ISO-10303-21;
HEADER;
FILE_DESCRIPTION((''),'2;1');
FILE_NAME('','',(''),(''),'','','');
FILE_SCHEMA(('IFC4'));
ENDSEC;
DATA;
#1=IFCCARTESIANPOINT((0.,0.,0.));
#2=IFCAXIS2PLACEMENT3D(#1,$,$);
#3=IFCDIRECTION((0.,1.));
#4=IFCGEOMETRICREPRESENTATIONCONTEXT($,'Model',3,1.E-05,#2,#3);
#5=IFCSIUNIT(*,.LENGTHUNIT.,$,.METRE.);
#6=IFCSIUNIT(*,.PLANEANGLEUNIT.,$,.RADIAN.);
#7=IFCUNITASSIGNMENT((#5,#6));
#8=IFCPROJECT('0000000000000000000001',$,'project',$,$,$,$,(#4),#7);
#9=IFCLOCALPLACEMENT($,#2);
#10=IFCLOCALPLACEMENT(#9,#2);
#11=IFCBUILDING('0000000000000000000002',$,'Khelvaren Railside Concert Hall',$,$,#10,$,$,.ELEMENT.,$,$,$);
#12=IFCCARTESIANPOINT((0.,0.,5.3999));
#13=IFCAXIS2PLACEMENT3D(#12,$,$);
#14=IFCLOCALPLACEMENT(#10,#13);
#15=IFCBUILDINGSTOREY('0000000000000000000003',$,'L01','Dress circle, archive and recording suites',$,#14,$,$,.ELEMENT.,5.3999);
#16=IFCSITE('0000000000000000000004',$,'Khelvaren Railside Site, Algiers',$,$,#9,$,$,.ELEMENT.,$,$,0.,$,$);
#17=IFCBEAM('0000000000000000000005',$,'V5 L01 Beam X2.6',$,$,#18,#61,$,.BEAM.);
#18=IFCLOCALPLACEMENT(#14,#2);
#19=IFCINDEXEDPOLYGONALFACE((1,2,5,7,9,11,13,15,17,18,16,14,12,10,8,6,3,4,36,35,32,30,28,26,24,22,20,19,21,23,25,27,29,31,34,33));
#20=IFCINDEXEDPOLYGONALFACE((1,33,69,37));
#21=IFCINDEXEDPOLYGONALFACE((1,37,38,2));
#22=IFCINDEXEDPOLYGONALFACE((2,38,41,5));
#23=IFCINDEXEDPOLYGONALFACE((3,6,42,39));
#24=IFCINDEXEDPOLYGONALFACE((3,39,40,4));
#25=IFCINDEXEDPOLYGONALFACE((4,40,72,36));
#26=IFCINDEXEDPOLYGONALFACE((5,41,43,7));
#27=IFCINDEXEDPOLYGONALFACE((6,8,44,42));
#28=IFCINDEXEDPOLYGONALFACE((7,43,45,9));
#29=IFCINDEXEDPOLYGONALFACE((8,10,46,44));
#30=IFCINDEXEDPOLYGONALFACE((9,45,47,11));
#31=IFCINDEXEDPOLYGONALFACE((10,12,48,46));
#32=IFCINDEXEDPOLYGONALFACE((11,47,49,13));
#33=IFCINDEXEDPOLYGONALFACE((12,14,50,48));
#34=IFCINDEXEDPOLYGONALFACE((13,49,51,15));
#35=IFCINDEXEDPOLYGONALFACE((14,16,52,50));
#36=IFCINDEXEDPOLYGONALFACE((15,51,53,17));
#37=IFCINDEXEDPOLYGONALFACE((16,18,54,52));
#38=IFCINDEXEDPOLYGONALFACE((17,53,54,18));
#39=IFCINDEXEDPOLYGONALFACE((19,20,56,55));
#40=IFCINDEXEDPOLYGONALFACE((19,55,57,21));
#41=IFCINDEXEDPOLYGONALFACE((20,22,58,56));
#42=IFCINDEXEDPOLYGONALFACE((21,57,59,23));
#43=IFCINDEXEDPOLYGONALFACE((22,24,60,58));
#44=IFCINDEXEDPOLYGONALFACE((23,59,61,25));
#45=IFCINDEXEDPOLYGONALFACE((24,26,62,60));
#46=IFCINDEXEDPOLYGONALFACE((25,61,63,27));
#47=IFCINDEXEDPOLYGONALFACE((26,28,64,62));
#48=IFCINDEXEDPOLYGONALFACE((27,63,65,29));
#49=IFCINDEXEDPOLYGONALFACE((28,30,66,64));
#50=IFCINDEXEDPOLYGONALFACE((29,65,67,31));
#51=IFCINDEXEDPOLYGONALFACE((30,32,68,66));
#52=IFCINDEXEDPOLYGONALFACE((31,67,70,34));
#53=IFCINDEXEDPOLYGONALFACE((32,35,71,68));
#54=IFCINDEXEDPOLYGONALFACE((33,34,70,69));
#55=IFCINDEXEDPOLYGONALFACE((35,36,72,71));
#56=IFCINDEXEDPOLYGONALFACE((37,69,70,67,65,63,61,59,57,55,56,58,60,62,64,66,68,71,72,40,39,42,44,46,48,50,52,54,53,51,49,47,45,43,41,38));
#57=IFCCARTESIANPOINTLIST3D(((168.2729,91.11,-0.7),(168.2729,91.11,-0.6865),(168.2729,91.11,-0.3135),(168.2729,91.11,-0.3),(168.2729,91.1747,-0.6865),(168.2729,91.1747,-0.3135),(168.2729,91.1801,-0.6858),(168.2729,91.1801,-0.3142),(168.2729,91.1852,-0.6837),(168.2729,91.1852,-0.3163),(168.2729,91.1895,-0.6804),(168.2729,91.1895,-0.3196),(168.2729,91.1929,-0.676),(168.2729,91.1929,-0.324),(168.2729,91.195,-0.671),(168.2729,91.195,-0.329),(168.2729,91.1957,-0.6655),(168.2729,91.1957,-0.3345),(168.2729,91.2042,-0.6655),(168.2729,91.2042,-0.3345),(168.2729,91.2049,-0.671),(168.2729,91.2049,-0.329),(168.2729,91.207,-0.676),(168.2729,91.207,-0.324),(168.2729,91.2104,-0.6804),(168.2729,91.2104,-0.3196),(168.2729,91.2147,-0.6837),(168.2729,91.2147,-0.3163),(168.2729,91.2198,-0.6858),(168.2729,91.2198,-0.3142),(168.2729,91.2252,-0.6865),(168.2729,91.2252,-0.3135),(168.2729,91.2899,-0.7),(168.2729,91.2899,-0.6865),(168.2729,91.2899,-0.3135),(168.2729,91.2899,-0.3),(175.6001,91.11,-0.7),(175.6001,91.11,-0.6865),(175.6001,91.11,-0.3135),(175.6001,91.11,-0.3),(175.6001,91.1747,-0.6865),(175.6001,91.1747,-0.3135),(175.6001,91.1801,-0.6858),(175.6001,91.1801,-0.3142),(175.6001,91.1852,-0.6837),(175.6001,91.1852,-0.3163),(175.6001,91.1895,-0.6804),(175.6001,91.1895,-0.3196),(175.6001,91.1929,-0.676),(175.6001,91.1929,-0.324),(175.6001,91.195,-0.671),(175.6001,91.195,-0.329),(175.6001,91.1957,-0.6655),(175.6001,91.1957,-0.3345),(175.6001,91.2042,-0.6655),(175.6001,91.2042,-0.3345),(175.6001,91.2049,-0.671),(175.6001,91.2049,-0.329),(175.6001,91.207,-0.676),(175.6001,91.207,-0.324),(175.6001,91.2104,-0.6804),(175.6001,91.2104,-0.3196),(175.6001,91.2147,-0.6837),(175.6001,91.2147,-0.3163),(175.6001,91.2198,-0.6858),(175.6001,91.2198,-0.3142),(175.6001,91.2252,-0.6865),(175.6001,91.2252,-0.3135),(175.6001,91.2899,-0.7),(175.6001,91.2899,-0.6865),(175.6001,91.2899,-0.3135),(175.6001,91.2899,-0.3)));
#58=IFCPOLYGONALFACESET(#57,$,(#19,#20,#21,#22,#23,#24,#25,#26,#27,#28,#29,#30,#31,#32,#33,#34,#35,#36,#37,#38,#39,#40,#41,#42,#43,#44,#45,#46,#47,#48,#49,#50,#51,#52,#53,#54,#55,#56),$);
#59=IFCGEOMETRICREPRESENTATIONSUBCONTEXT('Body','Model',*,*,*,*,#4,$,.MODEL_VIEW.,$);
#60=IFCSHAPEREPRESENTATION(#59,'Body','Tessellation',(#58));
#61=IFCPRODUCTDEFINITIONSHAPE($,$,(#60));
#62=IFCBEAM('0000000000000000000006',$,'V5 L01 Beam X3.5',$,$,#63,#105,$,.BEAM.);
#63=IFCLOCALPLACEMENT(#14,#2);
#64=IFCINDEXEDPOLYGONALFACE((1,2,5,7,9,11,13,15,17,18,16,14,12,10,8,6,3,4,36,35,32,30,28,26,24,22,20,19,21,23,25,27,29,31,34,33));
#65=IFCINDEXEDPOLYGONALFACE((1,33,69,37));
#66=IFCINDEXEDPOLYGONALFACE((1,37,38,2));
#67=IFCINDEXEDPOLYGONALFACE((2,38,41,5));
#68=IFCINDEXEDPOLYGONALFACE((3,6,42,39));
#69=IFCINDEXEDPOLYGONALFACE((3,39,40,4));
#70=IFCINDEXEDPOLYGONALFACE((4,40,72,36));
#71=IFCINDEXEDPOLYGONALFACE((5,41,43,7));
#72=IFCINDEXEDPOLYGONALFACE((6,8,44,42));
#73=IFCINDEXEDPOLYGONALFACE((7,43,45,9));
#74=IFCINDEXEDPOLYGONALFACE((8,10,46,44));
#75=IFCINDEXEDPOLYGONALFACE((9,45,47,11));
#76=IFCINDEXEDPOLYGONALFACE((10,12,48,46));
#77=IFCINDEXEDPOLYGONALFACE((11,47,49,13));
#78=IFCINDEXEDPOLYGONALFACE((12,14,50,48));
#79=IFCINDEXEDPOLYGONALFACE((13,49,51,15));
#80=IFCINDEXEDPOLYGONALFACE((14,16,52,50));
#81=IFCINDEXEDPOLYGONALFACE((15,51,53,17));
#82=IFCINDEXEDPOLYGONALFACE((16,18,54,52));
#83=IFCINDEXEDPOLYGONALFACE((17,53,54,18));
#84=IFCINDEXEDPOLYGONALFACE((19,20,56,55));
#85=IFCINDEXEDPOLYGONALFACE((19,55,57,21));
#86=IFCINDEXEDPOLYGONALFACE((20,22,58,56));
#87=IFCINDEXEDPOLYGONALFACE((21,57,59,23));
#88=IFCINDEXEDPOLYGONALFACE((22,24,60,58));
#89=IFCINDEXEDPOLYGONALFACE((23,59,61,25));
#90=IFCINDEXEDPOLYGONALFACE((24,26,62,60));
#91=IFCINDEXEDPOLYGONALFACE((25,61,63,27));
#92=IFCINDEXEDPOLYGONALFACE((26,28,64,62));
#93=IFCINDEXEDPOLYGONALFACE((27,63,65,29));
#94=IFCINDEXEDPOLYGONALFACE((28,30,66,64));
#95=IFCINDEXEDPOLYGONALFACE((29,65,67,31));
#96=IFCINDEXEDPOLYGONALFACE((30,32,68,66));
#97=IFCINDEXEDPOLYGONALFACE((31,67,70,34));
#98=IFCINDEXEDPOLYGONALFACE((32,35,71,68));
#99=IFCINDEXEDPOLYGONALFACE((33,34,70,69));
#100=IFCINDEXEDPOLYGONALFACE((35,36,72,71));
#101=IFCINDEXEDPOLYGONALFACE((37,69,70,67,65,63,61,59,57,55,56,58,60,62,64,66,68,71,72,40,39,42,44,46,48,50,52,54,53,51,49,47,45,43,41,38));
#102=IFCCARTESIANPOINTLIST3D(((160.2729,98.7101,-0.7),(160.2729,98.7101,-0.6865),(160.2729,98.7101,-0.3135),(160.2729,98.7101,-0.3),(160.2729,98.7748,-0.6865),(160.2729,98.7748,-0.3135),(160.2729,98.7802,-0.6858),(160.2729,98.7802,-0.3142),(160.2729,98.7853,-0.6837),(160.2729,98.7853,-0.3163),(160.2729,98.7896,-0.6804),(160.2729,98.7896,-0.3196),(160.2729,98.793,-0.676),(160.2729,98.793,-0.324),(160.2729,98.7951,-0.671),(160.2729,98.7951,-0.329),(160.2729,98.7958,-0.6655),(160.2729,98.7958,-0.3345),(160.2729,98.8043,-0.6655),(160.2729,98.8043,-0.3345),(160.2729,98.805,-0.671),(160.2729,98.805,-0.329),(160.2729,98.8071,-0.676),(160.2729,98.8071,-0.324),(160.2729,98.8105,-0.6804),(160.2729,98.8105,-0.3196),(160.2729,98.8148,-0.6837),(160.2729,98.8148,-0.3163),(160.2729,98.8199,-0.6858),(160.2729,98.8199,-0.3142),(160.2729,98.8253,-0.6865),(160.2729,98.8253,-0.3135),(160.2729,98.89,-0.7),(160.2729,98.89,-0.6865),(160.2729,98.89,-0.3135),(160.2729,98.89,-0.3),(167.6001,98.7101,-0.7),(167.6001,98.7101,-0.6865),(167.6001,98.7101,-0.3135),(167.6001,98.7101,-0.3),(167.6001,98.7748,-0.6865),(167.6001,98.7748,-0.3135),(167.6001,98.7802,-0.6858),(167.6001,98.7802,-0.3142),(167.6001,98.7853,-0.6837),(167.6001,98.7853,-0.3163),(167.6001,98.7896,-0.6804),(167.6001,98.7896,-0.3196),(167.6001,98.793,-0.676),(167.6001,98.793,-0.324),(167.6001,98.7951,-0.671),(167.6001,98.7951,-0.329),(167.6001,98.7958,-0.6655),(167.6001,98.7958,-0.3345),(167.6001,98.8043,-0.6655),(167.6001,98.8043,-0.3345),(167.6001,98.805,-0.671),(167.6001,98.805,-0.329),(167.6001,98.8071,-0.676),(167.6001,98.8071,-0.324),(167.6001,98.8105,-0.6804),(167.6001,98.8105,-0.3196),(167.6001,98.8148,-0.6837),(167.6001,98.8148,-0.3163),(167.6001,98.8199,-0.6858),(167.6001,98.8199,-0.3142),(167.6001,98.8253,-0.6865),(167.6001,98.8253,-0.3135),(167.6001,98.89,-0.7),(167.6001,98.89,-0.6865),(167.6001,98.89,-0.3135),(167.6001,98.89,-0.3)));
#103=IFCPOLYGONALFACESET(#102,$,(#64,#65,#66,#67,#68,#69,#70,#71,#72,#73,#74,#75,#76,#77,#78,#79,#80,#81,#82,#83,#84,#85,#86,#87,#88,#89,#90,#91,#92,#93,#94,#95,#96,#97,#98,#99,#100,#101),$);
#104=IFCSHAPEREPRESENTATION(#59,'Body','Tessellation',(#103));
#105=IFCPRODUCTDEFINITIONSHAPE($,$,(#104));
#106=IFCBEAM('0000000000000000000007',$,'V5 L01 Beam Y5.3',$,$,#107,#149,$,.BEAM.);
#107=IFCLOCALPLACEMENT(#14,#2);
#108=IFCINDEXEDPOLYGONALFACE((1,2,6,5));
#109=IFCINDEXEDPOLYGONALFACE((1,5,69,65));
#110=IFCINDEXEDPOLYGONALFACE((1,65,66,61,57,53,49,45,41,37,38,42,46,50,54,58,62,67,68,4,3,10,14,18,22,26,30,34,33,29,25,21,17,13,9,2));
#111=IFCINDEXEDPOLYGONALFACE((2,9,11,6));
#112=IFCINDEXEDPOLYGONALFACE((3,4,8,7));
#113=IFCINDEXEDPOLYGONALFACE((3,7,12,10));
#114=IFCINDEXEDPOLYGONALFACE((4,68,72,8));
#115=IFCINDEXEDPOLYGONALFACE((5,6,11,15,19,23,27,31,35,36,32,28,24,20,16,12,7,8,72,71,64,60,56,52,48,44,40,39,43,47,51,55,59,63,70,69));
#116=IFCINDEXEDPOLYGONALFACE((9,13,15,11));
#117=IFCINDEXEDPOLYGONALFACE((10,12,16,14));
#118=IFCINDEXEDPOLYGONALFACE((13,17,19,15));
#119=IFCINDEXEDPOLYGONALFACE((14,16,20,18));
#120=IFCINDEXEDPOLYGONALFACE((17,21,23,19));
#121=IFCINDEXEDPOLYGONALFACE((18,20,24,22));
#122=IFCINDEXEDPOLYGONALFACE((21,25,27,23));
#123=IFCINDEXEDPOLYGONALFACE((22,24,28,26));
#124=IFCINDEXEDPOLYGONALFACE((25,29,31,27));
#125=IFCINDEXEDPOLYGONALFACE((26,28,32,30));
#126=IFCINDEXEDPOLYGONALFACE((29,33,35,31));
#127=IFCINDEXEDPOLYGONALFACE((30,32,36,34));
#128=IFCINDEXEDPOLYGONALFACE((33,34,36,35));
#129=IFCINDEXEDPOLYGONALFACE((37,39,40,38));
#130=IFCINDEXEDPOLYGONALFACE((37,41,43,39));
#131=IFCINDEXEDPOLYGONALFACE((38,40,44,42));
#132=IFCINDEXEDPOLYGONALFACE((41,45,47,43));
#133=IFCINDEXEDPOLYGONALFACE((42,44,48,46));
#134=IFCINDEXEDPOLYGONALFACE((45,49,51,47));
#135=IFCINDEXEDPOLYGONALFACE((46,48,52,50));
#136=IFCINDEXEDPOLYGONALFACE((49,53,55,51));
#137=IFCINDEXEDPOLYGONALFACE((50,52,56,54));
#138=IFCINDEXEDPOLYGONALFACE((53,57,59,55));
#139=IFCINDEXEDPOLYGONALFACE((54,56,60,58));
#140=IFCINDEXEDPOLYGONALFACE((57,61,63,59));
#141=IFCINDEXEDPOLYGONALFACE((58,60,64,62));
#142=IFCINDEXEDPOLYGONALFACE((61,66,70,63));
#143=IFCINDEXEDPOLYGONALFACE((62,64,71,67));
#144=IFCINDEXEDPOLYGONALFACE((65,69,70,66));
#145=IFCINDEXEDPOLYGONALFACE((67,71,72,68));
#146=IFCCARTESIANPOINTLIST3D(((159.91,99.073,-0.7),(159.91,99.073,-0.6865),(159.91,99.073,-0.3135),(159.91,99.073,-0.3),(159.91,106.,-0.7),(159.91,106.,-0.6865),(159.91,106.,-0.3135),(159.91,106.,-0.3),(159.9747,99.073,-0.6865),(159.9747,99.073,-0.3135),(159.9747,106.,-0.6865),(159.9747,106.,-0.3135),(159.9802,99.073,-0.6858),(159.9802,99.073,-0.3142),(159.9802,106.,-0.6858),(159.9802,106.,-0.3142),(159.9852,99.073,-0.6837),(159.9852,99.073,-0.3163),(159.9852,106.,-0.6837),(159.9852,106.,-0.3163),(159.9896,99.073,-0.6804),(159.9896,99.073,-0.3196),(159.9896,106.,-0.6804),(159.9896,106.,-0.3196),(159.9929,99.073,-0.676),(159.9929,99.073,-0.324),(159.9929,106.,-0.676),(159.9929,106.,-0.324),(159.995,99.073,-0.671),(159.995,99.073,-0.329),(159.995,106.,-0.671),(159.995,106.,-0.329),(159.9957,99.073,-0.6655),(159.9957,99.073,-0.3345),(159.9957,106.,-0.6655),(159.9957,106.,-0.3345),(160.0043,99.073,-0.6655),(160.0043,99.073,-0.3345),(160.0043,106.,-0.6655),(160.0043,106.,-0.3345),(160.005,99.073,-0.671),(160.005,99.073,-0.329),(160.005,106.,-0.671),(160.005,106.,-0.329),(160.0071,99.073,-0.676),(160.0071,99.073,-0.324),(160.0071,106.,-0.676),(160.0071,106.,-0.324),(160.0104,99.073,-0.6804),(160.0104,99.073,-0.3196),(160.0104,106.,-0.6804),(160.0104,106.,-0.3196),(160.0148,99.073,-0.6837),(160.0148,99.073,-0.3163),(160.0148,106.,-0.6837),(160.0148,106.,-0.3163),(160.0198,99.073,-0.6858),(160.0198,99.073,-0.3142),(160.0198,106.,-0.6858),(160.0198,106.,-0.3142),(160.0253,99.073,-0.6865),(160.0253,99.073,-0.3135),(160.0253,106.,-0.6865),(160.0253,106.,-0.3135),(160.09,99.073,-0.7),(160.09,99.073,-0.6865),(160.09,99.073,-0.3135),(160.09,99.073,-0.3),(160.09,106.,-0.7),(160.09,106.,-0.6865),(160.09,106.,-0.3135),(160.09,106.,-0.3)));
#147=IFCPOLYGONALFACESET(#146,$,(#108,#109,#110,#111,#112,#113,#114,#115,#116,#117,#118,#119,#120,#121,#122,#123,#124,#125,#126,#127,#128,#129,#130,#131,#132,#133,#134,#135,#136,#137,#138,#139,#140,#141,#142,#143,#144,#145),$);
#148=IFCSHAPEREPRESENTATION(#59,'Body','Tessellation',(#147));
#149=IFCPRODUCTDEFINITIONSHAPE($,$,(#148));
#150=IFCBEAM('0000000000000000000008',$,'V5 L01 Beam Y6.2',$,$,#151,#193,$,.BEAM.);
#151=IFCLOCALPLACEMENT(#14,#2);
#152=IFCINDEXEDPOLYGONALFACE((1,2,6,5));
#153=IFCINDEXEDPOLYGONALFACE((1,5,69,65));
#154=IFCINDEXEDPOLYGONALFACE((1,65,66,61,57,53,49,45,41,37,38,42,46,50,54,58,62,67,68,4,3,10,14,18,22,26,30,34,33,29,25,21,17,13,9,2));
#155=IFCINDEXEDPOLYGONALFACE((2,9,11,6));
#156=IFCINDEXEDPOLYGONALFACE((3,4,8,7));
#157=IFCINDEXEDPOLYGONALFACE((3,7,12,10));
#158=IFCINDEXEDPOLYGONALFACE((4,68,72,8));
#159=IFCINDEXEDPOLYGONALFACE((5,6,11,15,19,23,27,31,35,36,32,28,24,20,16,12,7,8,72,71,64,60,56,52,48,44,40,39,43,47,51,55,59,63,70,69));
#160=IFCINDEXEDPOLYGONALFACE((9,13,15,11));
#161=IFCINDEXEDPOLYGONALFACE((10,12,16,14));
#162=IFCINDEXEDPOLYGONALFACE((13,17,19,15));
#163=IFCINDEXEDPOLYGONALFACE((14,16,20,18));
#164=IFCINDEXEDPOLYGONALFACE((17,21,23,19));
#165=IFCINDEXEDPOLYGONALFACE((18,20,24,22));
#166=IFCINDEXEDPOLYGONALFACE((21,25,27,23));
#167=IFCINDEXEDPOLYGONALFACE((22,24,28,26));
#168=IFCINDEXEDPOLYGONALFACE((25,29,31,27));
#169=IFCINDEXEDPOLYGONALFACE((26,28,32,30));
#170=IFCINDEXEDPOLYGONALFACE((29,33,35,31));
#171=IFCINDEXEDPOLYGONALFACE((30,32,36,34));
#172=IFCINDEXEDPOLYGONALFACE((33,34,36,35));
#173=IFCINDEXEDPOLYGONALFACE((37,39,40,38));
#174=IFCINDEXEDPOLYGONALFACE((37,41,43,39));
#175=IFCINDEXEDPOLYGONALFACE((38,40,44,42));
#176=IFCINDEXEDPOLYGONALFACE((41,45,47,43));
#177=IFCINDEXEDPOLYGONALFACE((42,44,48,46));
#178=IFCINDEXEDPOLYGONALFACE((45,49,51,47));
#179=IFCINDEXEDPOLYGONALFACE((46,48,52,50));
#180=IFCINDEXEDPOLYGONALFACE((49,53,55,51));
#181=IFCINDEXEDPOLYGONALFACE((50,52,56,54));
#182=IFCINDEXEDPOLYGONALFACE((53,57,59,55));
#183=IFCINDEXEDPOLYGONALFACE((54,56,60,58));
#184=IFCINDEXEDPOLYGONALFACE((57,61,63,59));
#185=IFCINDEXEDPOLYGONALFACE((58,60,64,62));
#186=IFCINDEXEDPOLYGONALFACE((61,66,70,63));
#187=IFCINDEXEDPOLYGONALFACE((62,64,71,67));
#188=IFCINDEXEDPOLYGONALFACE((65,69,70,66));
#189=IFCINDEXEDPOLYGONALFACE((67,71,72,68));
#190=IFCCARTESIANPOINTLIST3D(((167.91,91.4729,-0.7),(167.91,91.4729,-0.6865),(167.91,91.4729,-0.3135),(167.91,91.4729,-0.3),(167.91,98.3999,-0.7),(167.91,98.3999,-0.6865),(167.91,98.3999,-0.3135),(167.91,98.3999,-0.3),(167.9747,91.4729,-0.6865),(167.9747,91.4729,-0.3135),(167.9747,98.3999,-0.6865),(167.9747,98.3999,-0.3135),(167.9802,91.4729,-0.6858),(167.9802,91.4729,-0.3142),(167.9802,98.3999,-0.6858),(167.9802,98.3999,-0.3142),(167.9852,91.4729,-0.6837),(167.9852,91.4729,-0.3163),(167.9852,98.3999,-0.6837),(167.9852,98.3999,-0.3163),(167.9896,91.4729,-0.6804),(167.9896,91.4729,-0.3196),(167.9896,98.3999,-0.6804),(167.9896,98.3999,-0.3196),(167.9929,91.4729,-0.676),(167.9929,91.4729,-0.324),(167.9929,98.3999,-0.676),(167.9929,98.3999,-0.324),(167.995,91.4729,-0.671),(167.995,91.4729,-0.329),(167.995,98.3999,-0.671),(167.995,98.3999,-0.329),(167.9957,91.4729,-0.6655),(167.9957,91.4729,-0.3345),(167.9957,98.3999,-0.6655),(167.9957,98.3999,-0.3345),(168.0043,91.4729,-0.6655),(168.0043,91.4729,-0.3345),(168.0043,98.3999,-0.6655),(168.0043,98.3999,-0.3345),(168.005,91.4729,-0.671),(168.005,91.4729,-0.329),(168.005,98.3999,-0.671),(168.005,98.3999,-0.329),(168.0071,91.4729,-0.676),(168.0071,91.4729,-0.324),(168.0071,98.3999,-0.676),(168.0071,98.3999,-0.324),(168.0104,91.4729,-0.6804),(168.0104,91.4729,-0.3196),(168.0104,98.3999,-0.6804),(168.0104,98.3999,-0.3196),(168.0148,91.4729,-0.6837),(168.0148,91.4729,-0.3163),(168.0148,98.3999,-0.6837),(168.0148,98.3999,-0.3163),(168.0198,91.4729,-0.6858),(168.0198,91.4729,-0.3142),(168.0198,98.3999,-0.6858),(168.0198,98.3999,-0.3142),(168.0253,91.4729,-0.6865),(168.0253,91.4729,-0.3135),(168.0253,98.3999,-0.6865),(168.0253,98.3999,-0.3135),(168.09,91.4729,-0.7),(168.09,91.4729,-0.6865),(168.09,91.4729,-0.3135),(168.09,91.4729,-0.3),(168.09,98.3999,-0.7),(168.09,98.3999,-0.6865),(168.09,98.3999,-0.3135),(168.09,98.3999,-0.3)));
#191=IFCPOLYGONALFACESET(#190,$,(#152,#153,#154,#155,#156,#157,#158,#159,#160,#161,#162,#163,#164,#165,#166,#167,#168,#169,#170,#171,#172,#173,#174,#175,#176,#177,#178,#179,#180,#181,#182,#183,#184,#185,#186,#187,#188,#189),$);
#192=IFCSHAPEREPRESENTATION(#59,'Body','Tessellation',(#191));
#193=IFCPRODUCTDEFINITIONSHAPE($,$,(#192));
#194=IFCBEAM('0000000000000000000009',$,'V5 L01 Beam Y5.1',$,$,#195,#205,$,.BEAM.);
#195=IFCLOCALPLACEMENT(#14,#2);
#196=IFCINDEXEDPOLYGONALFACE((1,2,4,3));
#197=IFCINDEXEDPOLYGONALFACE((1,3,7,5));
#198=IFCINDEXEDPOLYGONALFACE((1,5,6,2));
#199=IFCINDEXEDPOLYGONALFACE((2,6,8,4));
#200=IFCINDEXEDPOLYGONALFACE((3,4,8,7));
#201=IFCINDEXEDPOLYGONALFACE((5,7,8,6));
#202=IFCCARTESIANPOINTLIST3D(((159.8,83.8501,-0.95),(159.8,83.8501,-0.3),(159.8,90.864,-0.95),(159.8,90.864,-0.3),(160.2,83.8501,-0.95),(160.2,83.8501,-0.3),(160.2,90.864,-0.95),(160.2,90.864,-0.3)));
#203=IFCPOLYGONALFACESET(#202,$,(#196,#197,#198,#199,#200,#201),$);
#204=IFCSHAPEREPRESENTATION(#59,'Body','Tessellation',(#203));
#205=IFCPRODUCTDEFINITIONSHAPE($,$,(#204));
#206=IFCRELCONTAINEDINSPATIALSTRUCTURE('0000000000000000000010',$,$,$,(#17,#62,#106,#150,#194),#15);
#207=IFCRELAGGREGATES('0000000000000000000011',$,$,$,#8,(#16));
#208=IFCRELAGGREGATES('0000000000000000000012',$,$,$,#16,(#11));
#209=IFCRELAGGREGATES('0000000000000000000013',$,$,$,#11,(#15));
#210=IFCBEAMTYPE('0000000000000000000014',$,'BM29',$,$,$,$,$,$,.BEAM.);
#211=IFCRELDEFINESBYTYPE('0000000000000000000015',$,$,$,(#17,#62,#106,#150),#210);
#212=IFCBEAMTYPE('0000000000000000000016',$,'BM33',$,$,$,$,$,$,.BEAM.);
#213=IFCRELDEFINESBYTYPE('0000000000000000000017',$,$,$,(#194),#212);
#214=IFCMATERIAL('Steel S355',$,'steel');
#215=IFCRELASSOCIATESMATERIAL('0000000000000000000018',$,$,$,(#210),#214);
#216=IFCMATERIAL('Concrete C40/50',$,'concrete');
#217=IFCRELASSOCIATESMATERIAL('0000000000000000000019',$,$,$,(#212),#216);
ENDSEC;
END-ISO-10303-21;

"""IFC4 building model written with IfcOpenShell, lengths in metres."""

from ifc_helpers import new_model, si_unit, direction, frame, origin, origin_2d, place, context, subcontext, project, spatial, rectangle, i_section, extrude, material, material_profile, profile_set, type_object, element, save


model = new_model("IFC4")

# Units and contexts
model_context = context("Model", 3, precision=1e-05, world=origin(), true_north=direction((0.0, 1.0)))
body_context = subcontext(model_context, "Body", "Model", "MODEL_VIEW")
ifc_project = project(units=[si_unit("LENGTHUNIT", "METRE"), si_unit("PLANEANGLEUNIT", "RADIAN")], contexts=[model_context])

# Site, building, storey
site_placement = place(None, origin())
site = spatial("IfcSite", under=ifc_project, at=site_placement, Name="Khelvaren Railside Site, Algiers", CompositionType="ELEMENT", RefElevation=0.0)
building_placement = place(site_placement, origin())
building = spatial("IfcBuilding", under=site, at=building_placement, Name="Khelvaren Railside Concert Hall", CompositionType="ELEMENT")
storey_placement = place(building_placement, frame((0.0, 0.0, 5.3999)))
storey = spatial("IfcBuildingStorey", under=building, at=storey_placement, Name="L01", Description="Dress circle, archive and recording suites", CompositionType="ELEMENT", Elevation=5.3999)

# Beams
ifc_material_1 = material(Name="Steel S355", Category="steel")
ifc_material_profile_1 = material_profile(ifc_material_1, i_section(OverallWidth=0.1799, OverallDepth=0.3999, WebThickness=0.0085, FlangeThickness=0.0134, FilletRadius=0.021, at=origin_2d()), Name="IPE 400")
ifc_profile_set_1 = profile_set([ifc_material_profile_1], Name="Steel S355")
beam_type_1 = type_object("IfcBeamType", Name="BM29", PredefinedType="BEAM", material=ifc_profile_set_1)
for number, where, z_axis, x_axis, name in (
    (1, (168.2729, 91.2, -0.5), (1.0, 0.0, 0.0), (0.0, 1.0, 0.0), "V5 L01 Beam X2.6"),
    (2, (160.2729, 98.8, -0.5), (1.0, 0.0, 0.0), (0.0, 1.0, 0.0), "V5 L01 Beam X3.5"),
):
    element("IfcBeam", number, at=place(storey_placement, frame(where, z_axis=z_axis, x_axis=x_axis)), inside=storey, type_object=beam_type_1, Name=name, PredefinedType="BEAM", context=body_context, shape_type="SweptSolid", body=[
        extrude(i_section(OverallWidth=0.1799, OverallDepth=0.3999, WebThickness=0.0085, FlangeThickness=0.0134, FilletRadius=0.021, at=origin_2d()), origin(), (0.0, 0.0, 1.0), 7.3271),
    ])
for number, where, z_axis, x_axis, name in (
    (3, (160.0, 99.073, -0.5), (0.0, 1.0, 0.0), (-1.0, 0.0, 0.0), "V5 L01 Beam Y5.3"),
    (4, (168.0, 91.4729, -0.5), (0.0, 1.0, 0.0), (-1.0, 0.0, 0.0), "V5 L01 Beam Y6.2"),
):
    element("IfcBeam", number, at=place(storey_placement, frame(where, z_axis=z_axis, x_axis=x_axis)), inside=storey, type_object=beam_type_1, Name=name, PredefinedType="BEAM", context=body_context, shape_type="SweptSolid", body=[
        extrude(i_section(OverallWidth=0.1799, OverallDepth=0.3999, WebThickness=0.0085, FlangeThickness=0.0134, FilletRadius=0.021, at=origin_2d()), origin(), (0.0, 0.0, 1.0), 6.927),
    ])
ifc_material_2 = material(Name="Concrete C40/50", Category="concrete")
ifc_material_profile_2 = material_profile(ifc_material_2, rectangle(XDim=0.3999, YDim=0.6499, at=origin_2d()), Name="RCB 400x650")
ifc_profile_set_2 = profile_set([ifc_material_profile_2], Name="Concrete C40/50")
beam_type_2 = type_object("IfcBeamType", Name="BM33", PredefinedType="BEAM", material=ifc_profile_set_2)
beam_1_placement = place(storey_placement, frame((160.0, 83.8501, -0.625), z_axis=(0.0, 1.0, 0.0), x_axis=(-1.0, 0.0, 0.0)))
element("IfcBeam", 5, at=beam_1_placement, inside=storey, type_object=beam_type_2, Name="V5 L01 Beam Y5.1", PredefinedType="BEAM", context=body_context, shape_type="SweptSolid", body=[
    extrude(rectangle(XDim=0.3999, YDim=0.6499, at=origin_2d()), origin(), (0.0, 0.0, 1.0), 7.0139),
])

save(model, "model.ifc")
